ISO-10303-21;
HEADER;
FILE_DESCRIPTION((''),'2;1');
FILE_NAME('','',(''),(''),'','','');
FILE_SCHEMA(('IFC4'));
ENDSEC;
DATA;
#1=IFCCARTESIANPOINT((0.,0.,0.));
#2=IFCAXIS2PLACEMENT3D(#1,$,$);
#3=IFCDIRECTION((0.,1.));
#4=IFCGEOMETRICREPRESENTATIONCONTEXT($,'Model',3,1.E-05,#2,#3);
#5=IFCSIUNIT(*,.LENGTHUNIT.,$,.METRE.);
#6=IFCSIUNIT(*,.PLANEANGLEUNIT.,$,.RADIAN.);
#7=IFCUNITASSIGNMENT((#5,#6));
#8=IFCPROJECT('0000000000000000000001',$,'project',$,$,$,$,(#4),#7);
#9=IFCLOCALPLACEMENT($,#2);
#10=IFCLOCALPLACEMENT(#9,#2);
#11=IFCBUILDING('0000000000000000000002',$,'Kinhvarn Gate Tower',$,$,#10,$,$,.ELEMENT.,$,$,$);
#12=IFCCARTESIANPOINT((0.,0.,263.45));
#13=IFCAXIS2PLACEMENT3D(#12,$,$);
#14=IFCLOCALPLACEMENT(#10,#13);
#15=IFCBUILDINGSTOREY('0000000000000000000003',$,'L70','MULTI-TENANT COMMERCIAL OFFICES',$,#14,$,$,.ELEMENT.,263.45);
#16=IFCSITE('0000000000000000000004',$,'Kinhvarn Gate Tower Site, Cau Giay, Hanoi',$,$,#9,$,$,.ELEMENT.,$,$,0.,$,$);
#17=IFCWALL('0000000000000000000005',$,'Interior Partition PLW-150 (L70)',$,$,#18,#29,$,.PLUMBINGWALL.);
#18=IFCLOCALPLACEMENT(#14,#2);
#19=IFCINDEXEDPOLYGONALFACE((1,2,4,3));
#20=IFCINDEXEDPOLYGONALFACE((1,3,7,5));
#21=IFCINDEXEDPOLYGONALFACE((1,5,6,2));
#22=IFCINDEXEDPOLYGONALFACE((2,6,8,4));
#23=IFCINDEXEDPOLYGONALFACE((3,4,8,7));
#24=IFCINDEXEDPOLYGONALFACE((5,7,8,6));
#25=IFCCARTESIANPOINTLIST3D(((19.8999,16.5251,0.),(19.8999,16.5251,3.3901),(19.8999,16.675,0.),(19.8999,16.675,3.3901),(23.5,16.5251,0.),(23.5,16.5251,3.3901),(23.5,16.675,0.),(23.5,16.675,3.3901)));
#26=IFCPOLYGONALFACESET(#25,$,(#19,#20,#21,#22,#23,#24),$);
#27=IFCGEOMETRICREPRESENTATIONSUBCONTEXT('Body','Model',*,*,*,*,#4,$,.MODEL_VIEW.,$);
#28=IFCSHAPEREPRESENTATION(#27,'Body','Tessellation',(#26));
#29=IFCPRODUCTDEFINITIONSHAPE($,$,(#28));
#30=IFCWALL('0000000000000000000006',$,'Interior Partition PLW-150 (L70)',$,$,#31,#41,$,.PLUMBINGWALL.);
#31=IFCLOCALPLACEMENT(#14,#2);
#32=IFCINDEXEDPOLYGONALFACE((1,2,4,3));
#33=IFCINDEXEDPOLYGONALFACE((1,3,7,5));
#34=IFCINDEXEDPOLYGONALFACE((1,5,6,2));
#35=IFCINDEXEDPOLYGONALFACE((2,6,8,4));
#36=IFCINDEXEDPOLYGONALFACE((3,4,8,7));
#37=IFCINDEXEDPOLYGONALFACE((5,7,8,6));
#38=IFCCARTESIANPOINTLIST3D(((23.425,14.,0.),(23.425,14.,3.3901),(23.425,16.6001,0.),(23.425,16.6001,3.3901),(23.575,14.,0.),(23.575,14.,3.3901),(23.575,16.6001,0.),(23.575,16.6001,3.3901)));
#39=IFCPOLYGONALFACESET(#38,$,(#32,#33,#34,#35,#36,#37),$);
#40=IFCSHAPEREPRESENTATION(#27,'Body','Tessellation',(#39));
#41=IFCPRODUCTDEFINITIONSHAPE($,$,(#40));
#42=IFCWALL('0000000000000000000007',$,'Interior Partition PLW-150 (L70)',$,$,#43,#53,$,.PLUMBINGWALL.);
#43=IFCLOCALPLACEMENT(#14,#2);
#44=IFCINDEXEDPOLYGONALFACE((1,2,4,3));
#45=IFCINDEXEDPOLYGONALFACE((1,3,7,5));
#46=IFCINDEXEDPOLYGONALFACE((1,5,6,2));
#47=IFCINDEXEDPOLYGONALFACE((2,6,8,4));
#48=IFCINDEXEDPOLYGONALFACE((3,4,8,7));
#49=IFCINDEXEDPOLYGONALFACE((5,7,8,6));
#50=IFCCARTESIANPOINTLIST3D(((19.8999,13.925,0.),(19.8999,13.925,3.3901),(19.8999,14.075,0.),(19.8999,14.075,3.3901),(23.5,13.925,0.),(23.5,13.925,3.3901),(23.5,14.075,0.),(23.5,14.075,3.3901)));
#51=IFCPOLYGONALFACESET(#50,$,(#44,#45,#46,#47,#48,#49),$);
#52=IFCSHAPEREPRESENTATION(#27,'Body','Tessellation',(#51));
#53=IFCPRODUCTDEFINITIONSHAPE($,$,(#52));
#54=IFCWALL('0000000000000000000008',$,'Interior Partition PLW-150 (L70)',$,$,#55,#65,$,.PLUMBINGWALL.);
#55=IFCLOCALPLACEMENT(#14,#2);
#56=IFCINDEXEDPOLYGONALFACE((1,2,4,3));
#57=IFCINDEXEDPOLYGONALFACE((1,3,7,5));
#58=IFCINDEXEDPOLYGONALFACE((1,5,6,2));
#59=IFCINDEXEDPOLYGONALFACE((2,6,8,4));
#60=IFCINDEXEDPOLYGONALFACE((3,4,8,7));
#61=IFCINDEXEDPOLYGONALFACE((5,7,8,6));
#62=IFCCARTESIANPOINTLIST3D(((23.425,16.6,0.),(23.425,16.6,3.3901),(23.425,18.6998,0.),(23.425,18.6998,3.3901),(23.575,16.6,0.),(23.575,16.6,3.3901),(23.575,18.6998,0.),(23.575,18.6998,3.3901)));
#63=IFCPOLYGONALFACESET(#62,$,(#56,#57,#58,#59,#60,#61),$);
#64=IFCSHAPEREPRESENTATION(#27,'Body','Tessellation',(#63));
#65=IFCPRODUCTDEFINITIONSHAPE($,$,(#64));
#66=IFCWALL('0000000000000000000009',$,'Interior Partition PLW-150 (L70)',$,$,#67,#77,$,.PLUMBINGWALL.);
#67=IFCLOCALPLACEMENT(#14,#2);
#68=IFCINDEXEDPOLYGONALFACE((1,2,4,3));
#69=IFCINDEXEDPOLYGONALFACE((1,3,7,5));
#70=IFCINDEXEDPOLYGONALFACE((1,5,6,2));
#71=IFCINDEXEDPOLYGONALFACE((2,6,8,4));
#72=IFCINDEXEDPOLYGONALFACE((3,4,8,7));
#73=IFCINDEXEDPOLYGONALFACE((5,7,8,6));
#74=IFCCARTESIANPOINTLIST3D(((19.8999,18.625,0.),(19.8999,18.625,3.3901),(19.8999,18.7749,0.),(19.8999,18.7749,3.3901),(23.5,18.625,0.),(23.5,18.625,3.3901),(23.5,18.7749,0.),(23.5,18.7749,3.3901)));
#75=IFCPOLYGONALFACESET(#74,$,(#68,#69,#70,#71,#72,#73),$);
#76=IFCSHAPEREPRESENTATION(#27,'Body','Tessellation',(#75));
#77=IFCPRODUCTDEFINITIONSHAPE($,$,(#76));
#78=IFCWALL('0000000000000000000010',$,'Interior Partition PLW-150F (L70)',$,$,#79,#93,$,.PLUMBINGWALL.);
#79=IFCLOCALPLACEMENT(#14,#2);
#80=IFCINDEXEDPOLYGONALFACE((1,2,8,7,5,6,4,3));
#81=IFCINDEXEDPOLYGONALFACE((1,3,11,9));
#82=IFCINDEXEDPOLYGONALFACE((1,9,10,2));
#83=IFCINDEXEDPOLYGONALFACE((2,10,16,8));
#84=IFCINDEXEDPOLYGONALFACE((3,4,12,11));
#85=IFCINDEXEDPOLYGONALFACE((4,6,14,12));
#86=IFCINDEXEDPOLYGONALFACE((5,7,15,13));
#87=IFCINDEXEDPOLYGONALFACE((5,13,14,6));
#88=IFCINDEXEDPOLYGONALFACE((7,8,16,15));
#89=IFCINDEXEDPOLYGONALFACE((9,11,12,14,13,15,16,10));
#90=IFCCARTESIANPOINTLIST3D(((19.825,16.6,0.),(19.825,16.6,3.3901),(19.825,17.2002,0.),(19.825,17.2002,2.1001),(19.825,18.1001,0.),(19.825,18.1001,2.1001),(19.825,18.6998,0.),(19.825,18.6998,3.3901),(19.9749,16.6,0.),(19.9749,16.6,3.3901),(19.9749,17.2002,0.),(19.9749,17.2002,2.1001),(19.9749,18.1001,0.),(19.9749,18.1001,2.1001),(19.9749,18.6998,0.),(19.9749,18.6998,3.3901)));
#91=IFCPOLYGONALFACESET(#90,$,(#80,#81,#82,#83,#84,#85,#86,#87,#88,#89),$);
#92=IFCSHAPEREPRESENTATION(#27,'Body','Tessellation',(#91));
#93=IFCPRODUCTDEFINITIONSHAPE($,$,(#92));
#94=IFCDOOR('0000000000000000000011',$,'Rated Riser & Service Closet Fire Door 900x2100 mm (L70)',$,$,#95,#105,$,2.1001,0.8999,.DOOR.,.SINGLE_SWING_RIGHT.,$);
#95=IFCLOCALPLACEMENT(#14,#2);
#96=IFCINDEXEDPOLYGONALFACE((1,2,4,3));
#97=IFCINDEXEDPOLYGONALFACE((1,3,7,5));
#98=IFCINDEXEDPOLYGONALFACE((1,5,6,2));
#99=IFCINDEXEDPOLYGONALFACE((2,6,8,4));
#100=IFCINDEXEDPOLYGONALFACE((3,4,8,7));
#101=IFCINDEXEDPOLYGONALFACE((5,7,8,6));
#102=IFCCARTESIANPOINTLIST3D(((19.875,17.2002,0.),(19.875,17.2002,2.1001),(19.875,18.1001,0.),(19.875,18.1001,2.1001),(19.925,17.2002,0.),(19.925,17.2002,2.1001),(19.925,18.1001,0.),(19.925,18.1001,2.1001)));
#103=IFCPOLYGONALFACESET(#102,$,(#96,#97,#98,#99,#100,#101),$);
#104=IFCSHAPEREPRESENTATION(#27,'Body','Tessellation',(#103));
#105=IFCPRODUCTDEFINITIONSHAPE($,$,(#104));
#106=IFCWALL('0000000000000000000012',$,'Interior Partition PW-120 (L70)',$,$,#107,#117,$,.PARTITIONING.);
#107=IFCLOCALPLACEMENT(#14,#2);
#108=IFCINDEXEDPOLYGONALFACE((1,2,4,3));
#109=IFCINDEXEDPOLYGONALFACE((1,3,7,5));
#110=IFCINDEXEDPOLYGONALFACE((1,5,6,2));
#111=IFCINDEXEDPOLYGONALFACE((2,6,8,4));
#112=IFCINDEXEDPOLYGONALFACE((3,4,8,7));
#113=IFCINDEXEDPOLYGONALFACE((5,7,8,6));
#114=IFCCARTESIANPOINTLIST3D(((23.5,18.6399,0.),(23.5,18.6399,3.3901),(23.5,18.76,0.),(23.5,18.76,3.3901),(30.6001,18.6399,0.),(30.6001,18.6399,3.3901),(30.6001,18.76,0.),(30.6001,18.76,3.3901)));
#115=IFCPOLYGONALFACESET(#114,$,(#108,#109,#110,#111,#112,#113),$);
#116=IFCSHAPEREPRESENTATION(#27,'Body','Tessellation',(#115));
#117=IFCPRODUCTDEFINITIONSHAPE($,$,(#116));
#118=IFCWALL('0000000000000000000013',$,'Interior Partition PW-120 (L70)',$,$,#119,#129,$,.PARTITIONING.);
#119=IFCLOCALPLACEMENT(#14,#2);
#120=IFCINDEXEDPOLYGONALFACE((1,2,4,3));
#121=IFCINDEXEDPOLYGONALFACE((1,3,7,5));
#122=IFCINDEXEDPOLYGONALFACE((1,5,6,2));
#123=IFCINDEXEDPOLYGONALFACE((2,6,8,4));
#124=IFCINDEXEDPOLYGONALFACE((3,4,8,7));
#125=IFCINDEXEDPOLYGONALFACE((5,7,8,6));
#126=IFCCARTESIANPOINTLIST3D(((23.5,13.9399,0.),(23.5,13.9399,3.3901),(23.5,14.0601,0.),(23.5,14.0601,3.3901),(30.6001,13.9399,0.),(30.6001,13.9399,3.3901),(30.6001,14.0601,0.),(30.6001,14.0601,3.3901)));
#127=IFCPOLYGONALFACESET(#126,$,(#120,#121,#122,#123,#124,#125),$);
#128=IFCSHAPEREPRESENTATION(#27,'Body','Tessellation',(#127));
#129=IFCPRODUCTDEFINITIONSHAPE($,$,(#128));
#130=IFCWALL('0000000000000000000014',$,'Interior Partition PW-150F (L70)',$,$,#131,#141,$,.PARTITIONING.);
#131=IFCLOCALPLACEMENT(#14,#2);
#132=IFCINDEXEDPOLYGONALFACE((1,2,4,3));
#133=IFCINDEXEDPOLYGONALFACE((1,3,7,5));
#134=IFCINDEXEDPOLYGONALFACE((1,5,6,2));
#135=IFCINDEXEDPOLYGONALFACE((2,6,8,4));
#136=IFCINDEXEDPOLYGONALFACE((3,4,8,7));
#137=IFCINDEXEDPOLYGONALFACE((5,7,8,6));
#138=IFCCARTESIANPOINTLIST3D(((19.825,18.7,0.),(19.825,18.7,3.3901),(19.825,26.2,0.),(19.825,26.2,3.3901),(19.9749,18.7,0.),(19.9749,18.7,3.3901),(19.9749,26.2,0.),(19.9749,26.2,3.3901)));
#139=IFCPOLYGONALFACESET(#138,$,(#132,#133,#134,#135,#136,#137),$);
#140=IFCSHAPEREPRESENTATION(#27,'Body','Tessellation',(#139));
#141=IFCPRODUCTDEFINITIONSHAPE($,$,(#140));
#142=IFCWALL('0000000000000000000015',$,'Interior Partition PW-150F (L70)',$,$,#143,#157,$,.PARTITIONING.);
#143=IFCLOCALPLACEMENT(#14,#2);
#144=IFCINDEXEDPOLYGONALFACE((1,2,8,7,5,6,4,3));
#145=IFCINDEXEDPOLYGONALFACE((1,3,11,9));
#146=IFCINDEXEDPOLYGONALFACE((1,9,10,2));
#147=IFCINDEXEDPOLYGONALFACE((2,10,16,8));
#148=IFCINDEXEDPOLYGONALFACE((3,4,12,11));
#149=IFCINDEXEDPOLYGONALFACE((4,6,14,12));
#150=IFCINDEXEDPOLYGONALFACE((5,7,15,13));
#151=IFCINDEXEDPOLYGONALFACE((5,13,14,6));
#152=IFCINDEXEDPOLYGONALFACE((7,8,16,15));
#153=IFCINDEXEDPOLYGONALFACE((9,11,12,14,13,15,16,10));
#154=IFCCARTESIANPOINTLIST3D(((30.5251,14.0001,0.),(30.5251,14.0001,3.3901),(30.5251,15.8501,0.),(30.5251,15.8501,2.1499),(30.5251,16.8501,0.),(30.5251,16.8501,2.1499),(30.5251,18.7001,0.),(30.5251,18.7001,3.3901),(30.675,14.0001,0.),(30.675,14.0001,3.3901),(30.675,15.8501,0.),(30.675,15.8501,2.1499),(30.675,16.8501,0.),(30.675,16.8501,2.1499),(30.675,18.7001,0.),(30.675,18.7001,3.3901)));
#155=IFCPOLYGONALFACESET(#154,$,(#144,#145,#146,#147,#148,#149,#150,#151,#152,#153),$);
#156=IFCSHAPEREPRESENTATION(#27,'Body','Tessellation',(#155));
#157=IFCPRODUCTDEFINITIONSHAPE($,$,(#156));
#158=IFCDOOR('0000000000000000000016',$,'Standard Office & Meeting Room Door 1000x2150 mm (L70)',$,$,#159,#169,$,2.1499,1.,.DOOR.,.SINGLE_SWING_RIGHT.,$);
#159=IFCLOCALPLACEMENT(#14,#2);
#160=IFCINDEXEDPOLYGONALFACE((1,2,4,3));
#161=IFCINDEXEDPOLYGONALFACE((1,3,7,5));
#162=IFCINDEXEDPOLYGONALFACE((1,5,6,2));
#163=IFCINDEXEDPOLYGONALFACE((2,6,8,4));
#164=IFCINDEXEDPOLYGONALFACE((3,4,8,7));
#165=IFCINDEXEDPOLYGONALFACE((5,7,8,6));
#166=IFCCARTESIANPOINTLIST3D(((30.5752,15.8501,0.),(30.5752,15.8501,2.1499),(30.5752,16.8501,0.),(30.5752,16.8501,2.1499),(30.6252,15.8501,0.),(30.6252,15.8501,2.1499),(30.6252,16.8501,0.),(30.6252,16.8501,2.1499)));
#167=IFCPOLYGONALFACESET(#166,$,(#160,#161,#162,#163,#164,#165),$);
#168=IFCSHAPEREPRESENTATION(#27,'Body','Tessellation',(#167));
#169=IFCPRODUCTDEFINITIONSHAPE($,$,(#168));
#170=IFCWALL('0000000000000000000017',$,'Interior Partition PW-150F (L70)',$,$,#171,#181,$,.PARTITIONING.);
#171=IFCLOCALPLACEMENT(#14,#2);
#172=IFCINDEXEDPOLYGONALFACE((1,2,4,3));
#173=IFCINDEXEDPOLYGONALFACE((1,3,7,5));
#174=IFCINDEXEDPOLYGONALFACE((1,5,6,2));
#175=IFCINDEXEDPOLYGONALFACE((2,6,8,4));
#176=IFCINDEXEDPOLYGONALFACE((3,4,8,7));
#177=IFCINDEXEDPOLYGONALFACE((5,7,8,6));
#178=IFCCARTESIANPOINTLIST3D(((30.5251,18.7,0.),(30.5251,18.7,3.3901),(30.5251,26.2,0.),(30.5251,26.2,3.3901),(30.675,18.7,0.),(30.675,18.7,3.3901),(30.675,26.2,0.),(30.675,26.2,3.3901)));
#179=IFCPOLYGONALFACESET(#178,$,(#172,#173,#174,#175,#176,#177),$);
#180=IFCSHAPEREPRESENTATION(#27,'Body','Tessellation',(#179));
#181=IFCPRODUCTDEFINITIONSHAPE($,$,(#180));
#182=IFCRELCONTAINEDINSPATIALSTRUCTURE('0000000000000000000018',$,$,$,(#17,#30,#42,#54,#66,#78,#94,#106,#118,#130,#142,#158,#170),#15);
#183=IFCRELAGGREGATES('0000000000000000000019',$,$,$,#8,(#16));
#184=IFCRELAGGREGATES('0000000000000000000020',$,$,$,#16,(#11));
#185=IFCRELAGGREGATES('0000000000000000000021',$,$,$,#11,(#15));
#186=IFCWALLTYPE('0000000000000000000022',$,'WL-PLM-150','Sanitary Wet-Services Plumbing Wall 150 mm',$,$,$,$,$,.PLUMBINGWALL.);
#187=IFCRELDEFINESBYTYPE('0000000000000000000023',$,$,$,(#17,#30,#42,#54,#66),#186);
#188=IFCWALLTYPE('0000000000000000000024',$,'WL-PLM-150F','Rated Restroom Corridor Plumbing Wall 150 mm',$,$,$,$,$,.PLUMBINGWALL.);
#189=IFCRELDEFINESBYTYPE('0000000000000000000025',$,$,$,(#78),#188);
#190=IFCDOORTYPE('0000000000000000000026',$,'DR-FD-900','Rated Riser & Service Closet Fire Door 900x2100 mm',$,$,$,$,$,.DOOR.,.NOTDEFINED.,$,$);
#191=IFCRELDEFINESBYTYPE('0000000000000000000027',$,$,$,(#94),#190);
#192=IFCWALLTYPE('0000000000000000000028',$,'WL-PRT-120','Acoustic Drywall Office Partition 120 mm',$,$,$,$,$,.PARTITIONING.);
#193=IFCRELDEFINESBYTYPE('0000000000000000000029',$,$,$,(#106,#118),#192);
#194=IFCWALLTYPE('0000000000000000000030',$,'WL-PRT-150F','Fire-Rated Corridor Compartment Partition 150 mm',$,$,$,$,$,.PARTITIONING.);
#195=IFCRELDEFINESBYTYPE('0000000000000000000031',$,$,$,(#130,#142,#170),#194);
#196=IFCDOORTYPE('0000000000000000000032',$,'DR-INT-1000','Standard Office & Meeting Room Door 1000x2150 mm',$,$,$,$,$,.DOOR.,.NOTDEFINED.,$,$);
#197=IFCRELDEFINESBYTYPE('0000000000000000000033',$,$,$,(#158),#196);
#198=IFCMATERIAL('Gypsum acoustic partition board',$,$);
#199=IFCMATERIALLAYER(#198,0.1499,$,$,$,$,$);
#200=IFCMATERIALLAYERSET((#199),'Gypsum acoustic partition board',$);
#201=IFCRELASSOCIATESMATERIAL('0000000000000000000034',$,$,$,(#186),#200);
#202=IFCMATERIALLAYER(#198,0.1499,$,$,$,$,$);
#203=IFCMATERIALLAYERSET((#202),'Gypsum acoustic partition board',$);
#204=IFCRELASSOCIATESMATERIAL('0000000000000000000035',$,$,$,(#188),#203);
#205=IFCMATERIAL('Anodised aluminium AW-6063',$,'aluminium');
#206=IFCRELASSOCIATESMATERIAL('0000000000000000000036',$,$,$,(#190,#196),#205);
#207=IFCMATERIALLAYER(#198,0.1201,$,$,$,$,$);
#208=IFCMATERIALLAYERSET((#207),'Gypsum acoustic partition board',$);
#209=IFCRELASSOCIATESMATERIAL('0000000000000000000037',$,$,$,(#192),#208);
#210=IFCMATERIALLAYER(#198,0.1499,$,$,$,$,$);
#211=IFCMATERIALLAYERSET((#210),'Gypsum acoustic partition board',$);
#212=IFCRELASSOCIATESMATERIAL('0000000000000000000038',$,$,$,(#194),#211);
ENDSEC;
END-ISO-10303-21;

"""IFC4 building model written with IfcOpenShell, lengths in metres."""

from ifc_helpers import new_model, si_unit, direction, frame, frame_2d, origin, place, context, subcontext, project, spatial, rectangle, extrude, material, layer, layer_set, type_object, element, fill, save


model = new_model("IFC4")

# Units and contexts
model_context = context("Model", 3, precision=1e-05, world=origin(), true_north=direction((0.0, 1.0)))
body_context = subcontext(model_context, "Body", "Model", "MODEL_VIEW")
ifc_project = project(units=[si_unit("LENGTHUNIT", "METRE"), si_unit("PLANEANGLEUNIT", "RADIAN")], contexts=[model_context])

# Site, building, storey
site_placement = place(None, origin())
site = spatial("IfcSite", under=ifc_project, at=site_placement, Name="Kinhvarn Gate Tower Site, Cau Giay, Hanoi", CompositionType="ELEMENT", RefElevation=0.0)
building_placement = place(site_placement, origin())
building = spatial("IfcBuilding", under=site, at=building_placement, Name="Kinhvarn Gate Tower", CompositionType="ELEMENT")
storey_placement = place(building_placement, frame((0.0, 0.0, 263.45)))
storey = spatial("IfcBuildingStorey", under=building, at=storey_placement, Name="L70", Description="MULTI-TENANT COMMERCIAL OFFICES", CompositionType="ELEMENT", Elevation=263.45)

# Walls
ifc_material_1 = material(Name="Gypsum acoustic partition board")
ifc_layer_1 = layer(ifc_material_1, 0.1499)
ifc_layer_set_1 = layer_set([ifc_layer_1], Name="Gypsum acoustic partition board")
wall_type_1 = type_object("IfcWallType", Name="WL-PLM-150", Description="Sanitary Wet-Services Plumbing Wall 150 mm", PredefinedType="PLUMBINGWALL", material=ifc_layer_set_1)
wall_1_placement = place(storey_placement, frame((19.8999, 16.6001, 0.0), z_axis=(0.0, 0.0, 1.0), x_axis=(1.0, 0.0, 0.0)))
element("IfcWall", 1, at=wall_1_placement, inside=storey, type_object=wall_type_1, Name="Interior Partition PLW-150 (L70)", PredefinedType="PLUMBINGWALL", context=body_context, shape_type="SweptSolid", body=[
    extrude(rectangle(XDim=3.6001, YDim=0.1499, at=frame_2d((1.8, 0.0))), origin(), (0.0, 0.0, 1.0), 3.3901),
])
wall_2_placement = place(storey_placement, frame((23.5, 14.0, 0.0), z_axis=(0.0, 0.0, 1.0), x_axis=(0.0, 1.0, 0.0)))
element("IfcWall", 2, at=wall_2_placement, inside=storey, type_object=wall_type_1, Name="Interior Partition PLW-150 (L70)", PredefinedType="PLUMBINGWALL", context=body_context, shape_type="SweptSolid", body=[
    extrude(rectangle(XDim=2.6001, YDim=0.1499, at=frame_2d((1.3, 0.0))), origin(), (0.0, 0.0, 1.0), 3.3901),
])
wall_3_placement = place(storey_placement, frame((19.8999, 14.0, 0.0), z_axis=(0.0, 0.0, 1.0), x_axis=(1.0, 0.0, 0.0)))
element("IfcWall", 3, at=wall_3_placement, inside=storey, type_object=wall_type_1, Name="Interior Partition PLW-150 (L70)", PredefinedType="PLUMBINGWALL", context=body_context, shape_type="SweptSolid", body=[
    extrude(rectangle(XDim=3.6001, YDim=0.1499, at=frame_2d((1.8, 0.0))), origin(), (0.0, 0.0, 1.0), 3.3901),
])
wall_4_placement = place(storey_placement, frame((23.5, 16.6001, 0.0), z_axis=(0.0, 0.0, 1.0), x_axis=(0.0, 1.0, 0.0)))
element("IfcWall", 4, at=wall_4_placement, inside=storey, type_object=wall_type_1, Name="Interior Partition PLW-150 (L70)", PredefinedType="PLUMBINGWALL", context=body_context, shape_type="SweptSolid", body=[
    extrude(rectangle(XDim=2.0999, YDim=0.1499, at=frame_2d((1.0498, 0.0))), origin(), (0.0, 0.0, 1.0), 3.3901),
])
wall_5_placement = place(storey_placement, frame((19.8999, 18.7, 0.0), z_axis=(0.0, 0.0, 1.0), x_axis=(1.0, 0.0, 0.0)))
element("IfcWall", 5, at=wall_5_placement, inside=storey, type_object=wall_type_1, Name="Interior Partition PLW-150 (L70)", PredefinedType="PLUMBINGWALL", context=body_context, shape_type="SweptSolid", body=[
    extrude(rectangle(XDim=3.6001, YDim=0.1499, at=frame_2d((1.8, 0.0))), origin(), (0.0, 0.0, 1.0), 3.3901),
])

# Wall, opening, door
ifc_layer_2 = layer(ifc_material_1, 0.1499)
ifc_layer_set_2 = layer_set([ifc_layer_2], Name="Gypsum acoustic partition board")
wall_type_2 = type_object("IfcWallType", Name="WL-PLM-150F", Description="Rated Restroom Corridor Plumbing Wall 150 mm", PredefinedType="PLUMBINGWALL", material=ifc_layer_set_2)
wall_6_placement = place(storey_placement, frame((19.8999, 16.6001, 0.0), z_axis=(0.0, 0.0, 1.0), x_axis=(0.0, 1.0, 0.0)))
wall_6 = element("IfcWall", 6, at=wall_6_placement, inside=storey, type_object=wall_type_2, Name="Interior Partition PLW-150F (L70)", PredefinedType="PLUMBINGWALL", context=body_context, shape_type="SweptSolid", body=[
    extrude(rectangle(XDim=2.0999, YDim=0.1499, at=frame_2d((1.0498, 0.0))), origin(), (0.0, 0.0, 1.0), 3.3901),
])
opening_1_placement = place(wall_6_placement, frame((0.6001, 0.0, 0.0)))
opening_1 = element("IfcOpeningElement", 7, at=opening_1_placement, cuts=wall_6, PredefinedType="OPENING", context=body_context, shape_type="SweptSolid", body=[
    extrude(rectangle(XDim=0.8999, YDim=2.1001, at=frame_2d((0.45, 1.05))), frame((0.0, 0.085, 0.0), z_axis=(0.0, -1.0, 0.0), x_axis=(1.0, 0.0, 0.0)), (0.0, 0.0, 1.0), 0.1699),
])
ifc_material_2 = material(Name="Anodised aluminium AW-6063", Category="aluminium")
door_type_1 = type_object("IfcDoorType", Name="DR-FD-900", Description="Rated Riser & Service Closet Fire Door 900x2100 mm", OperationType="NOTDEFINED", PredefinedType="DOOR", material=ifc_material_2)
door_1_placement = place(opening_1_placement, origin())
door_1 = element("IfcDoor", 8, at=door_1_placement, inside=storey, type_object=door_type_1, Name="Rated Riser & Service Closet Fire Door 900x2100 mm (L70)", OperationType="SINGLE_SWING_RIGHT", OverallHeight=2.1001, OverallWidth=0.8999, PredefinedType="DOOR", context=body_context, shape_type="SweptSolid", body=[
    extrude(rectangle(XDim=0.8999, YDim=2.1001, at=frame_2d((0.45, 1.05))), frame((0.0, 0.0249, 0.0), z_axis=(0.0, -1.0, 0.0), x_axis=(1.0, 0.0, 0.0)), (0.0, 0.0, 1.0), 0.05),
])
fill(opening_1, door_1)

# Walls
ifc_layer_3 = layer(ifc_material_1, 0.1201)
ifc_layer_set_3 = layer_set([ifc_layer_3], Name="Gypsum acoustic partition board")
wall_type_3 = type_object("IfcWallType", Name="WL-PRT-120", Description="Acoustic Drywall Office Partition 120 mm", PredefinedType="PARTITIONING", material=ifc_layer_set_3)
for number, where, z_axis, x_axis, name in (
    (9, (23.5, 18.7, 0.0), (0.0, 0.0, 1.0), (1.0, 0.0, 0.0), "Interior Partition PW-120 (L70)"),
    (10, (23.5, 14.0, 0.0), (0.0, 0.0, 1.0), (1.0, 0.0, 0.0), "Interior Partition PW-120 (L70)"),
):
    element("IfcWall", number, at=place(storey_placement, frame(where, z_axis=z_axis, x_axis=x_axis)), inside=storey, type_object=wall_type_3, Name=name, PredefinedType="PARTITIONING", context=body_context, shape_type="SweptSolid", body=[
        extrude(rectangle(XDim=7.1001, YDim=0.1201, at=frame_2d((3.55, 0.0))), origin(), (0.0, 0.0, 1.0), 3.3901),
    ])
ifc_layer_4 = layer(ifc_material_1, 0.1499)
ifc_layer_set_4 = layer_set([ifc_layer_4], Name="Gypsum acoustic partition board")
wall_type_4 = type_object("IfcWallType", Name="WL-PRT-150F", Description="Fire-Rated Corridor Compartment Partition 150 mm", PredefinedType="PARTITIONING", material=ifc_layer_set_4)
wall_7_placement = place(storey_placement, frame((19.8999, 18.7, 0.0), z_axis=(0.0, 0.0, 1.0), x_axis=(0.0, 1.0, 0.0)))
element("IfcWall", 11, at=wall_7_placement, inside=storey, type_object=wall_type_4, Name="Interior Partition PW-150F (L70)", PredefinedType="PARTITIONING", context=body_context, shape_type="SweptSolid", body=[
    extrude(rectangle(XDim=7.5, YDim=0.1499, at=frame_2d((3.75, 0.0))), origin(), (0.0, 0.0, 1.0), 3.3901),
])

# Wall, opening, door
wall_8_placement = place(storey_placement, frame((30.6001, 14.0, 0.0), z_axis=(0.0, 0.0, 1.0), x_axis=(0.0, 1.0, 0.0)))
wall_8 = element("IfcWall", 12, at=wall_8_placement, inside=storey, type_object=wall_type_4, Name="Interior Partition PW-150F (L70)", PredefinedType="PARTITIONING", context=body_context, shape_type="SweptSolid", body=[
    extrude(rectangle(XDim=4.7, YDim=0.1499, at=frame_2d((2.3501, 0.0))), origin(), (0.0, 0.0, 1.0), 3.3901),
])
opening_2_placement = place(wall_8_placement, frame((1.8501, 0.0, 0.0)))
opening_2 = element("IfcOpeningElement", 13, at=opening_2_placement, cuts=wall_8, PredefinedType="OPENING", context=body_context, shape_type="SweptSolid", body=[
    extrude(rectangle(XDim=1.0, YDim=2.1499, at=frame_2d((0.5, 1.075))), frame((0.0, 0.085, 0.0), z_axis=(0.0, -1.0, 0.0), x_axis=(1.0, 0.0, 0.0)), (0.0, 0.0, 1.0), 0.1699),
])
door_type_2 = type_object("IfcDoorType", Name="DR-INT-1000", Description="Standard Office & Meeting Room Door 1000x2150 mm", OperationType="NOTDEFINED", PredefinedType="DOOR", material=ifc_material_2)
door_2_placement = place(opening_2_placement, origin())
door_2 = element("IfcDoor", 14, at=door_2_placement, inside=storey, type_object=door_type_2, Name="Standard Office & Meeting Room Door 1000x2150 mm (L70)", OperationType="SINGLE_SWING_RIGHT", OverallHeight=2.1499, OverallWidth=1.0, PredefinedType="DOOR", context=body_context, shape_type="SweptSolid", body=[
    extrude(rectangle(XDim=1.0, YDim=2.1499, at=frame_2d((0.5, 1.075))), frame((0.0, 0.0249, 0.0), z_axis=(0.0, -1.0, 0.0), x_axis=(1.0, 0.0, 0.0)), (0.0, 0.0, 1.0), 0.05),
])
fill(opening_2, door_2)

# Wall
wall_9_placement = place(storey_placement, frame((30.6001, 18.7, 0.0), z_axis=(0.0, 0.0, 1.0), x_axis=(0.0, 1.0, 0.0)))
element("IfcWall", 15, at=wall_9_placement, inside=storey, type_object=wall_type_4, Name="Interior Partition PW-150F (L70)", PredefinedType="PARTITIONING", context=body_context, shape_type="SweptSolid", body=[
    extrude(rectangle(XDim=7.5, YDim=0.1499, at=frame_2d((3.75, 0.0))), origin(), (0.0, 0.0, 1.0), 3.3901),
])

save(model, "model.ifc")
